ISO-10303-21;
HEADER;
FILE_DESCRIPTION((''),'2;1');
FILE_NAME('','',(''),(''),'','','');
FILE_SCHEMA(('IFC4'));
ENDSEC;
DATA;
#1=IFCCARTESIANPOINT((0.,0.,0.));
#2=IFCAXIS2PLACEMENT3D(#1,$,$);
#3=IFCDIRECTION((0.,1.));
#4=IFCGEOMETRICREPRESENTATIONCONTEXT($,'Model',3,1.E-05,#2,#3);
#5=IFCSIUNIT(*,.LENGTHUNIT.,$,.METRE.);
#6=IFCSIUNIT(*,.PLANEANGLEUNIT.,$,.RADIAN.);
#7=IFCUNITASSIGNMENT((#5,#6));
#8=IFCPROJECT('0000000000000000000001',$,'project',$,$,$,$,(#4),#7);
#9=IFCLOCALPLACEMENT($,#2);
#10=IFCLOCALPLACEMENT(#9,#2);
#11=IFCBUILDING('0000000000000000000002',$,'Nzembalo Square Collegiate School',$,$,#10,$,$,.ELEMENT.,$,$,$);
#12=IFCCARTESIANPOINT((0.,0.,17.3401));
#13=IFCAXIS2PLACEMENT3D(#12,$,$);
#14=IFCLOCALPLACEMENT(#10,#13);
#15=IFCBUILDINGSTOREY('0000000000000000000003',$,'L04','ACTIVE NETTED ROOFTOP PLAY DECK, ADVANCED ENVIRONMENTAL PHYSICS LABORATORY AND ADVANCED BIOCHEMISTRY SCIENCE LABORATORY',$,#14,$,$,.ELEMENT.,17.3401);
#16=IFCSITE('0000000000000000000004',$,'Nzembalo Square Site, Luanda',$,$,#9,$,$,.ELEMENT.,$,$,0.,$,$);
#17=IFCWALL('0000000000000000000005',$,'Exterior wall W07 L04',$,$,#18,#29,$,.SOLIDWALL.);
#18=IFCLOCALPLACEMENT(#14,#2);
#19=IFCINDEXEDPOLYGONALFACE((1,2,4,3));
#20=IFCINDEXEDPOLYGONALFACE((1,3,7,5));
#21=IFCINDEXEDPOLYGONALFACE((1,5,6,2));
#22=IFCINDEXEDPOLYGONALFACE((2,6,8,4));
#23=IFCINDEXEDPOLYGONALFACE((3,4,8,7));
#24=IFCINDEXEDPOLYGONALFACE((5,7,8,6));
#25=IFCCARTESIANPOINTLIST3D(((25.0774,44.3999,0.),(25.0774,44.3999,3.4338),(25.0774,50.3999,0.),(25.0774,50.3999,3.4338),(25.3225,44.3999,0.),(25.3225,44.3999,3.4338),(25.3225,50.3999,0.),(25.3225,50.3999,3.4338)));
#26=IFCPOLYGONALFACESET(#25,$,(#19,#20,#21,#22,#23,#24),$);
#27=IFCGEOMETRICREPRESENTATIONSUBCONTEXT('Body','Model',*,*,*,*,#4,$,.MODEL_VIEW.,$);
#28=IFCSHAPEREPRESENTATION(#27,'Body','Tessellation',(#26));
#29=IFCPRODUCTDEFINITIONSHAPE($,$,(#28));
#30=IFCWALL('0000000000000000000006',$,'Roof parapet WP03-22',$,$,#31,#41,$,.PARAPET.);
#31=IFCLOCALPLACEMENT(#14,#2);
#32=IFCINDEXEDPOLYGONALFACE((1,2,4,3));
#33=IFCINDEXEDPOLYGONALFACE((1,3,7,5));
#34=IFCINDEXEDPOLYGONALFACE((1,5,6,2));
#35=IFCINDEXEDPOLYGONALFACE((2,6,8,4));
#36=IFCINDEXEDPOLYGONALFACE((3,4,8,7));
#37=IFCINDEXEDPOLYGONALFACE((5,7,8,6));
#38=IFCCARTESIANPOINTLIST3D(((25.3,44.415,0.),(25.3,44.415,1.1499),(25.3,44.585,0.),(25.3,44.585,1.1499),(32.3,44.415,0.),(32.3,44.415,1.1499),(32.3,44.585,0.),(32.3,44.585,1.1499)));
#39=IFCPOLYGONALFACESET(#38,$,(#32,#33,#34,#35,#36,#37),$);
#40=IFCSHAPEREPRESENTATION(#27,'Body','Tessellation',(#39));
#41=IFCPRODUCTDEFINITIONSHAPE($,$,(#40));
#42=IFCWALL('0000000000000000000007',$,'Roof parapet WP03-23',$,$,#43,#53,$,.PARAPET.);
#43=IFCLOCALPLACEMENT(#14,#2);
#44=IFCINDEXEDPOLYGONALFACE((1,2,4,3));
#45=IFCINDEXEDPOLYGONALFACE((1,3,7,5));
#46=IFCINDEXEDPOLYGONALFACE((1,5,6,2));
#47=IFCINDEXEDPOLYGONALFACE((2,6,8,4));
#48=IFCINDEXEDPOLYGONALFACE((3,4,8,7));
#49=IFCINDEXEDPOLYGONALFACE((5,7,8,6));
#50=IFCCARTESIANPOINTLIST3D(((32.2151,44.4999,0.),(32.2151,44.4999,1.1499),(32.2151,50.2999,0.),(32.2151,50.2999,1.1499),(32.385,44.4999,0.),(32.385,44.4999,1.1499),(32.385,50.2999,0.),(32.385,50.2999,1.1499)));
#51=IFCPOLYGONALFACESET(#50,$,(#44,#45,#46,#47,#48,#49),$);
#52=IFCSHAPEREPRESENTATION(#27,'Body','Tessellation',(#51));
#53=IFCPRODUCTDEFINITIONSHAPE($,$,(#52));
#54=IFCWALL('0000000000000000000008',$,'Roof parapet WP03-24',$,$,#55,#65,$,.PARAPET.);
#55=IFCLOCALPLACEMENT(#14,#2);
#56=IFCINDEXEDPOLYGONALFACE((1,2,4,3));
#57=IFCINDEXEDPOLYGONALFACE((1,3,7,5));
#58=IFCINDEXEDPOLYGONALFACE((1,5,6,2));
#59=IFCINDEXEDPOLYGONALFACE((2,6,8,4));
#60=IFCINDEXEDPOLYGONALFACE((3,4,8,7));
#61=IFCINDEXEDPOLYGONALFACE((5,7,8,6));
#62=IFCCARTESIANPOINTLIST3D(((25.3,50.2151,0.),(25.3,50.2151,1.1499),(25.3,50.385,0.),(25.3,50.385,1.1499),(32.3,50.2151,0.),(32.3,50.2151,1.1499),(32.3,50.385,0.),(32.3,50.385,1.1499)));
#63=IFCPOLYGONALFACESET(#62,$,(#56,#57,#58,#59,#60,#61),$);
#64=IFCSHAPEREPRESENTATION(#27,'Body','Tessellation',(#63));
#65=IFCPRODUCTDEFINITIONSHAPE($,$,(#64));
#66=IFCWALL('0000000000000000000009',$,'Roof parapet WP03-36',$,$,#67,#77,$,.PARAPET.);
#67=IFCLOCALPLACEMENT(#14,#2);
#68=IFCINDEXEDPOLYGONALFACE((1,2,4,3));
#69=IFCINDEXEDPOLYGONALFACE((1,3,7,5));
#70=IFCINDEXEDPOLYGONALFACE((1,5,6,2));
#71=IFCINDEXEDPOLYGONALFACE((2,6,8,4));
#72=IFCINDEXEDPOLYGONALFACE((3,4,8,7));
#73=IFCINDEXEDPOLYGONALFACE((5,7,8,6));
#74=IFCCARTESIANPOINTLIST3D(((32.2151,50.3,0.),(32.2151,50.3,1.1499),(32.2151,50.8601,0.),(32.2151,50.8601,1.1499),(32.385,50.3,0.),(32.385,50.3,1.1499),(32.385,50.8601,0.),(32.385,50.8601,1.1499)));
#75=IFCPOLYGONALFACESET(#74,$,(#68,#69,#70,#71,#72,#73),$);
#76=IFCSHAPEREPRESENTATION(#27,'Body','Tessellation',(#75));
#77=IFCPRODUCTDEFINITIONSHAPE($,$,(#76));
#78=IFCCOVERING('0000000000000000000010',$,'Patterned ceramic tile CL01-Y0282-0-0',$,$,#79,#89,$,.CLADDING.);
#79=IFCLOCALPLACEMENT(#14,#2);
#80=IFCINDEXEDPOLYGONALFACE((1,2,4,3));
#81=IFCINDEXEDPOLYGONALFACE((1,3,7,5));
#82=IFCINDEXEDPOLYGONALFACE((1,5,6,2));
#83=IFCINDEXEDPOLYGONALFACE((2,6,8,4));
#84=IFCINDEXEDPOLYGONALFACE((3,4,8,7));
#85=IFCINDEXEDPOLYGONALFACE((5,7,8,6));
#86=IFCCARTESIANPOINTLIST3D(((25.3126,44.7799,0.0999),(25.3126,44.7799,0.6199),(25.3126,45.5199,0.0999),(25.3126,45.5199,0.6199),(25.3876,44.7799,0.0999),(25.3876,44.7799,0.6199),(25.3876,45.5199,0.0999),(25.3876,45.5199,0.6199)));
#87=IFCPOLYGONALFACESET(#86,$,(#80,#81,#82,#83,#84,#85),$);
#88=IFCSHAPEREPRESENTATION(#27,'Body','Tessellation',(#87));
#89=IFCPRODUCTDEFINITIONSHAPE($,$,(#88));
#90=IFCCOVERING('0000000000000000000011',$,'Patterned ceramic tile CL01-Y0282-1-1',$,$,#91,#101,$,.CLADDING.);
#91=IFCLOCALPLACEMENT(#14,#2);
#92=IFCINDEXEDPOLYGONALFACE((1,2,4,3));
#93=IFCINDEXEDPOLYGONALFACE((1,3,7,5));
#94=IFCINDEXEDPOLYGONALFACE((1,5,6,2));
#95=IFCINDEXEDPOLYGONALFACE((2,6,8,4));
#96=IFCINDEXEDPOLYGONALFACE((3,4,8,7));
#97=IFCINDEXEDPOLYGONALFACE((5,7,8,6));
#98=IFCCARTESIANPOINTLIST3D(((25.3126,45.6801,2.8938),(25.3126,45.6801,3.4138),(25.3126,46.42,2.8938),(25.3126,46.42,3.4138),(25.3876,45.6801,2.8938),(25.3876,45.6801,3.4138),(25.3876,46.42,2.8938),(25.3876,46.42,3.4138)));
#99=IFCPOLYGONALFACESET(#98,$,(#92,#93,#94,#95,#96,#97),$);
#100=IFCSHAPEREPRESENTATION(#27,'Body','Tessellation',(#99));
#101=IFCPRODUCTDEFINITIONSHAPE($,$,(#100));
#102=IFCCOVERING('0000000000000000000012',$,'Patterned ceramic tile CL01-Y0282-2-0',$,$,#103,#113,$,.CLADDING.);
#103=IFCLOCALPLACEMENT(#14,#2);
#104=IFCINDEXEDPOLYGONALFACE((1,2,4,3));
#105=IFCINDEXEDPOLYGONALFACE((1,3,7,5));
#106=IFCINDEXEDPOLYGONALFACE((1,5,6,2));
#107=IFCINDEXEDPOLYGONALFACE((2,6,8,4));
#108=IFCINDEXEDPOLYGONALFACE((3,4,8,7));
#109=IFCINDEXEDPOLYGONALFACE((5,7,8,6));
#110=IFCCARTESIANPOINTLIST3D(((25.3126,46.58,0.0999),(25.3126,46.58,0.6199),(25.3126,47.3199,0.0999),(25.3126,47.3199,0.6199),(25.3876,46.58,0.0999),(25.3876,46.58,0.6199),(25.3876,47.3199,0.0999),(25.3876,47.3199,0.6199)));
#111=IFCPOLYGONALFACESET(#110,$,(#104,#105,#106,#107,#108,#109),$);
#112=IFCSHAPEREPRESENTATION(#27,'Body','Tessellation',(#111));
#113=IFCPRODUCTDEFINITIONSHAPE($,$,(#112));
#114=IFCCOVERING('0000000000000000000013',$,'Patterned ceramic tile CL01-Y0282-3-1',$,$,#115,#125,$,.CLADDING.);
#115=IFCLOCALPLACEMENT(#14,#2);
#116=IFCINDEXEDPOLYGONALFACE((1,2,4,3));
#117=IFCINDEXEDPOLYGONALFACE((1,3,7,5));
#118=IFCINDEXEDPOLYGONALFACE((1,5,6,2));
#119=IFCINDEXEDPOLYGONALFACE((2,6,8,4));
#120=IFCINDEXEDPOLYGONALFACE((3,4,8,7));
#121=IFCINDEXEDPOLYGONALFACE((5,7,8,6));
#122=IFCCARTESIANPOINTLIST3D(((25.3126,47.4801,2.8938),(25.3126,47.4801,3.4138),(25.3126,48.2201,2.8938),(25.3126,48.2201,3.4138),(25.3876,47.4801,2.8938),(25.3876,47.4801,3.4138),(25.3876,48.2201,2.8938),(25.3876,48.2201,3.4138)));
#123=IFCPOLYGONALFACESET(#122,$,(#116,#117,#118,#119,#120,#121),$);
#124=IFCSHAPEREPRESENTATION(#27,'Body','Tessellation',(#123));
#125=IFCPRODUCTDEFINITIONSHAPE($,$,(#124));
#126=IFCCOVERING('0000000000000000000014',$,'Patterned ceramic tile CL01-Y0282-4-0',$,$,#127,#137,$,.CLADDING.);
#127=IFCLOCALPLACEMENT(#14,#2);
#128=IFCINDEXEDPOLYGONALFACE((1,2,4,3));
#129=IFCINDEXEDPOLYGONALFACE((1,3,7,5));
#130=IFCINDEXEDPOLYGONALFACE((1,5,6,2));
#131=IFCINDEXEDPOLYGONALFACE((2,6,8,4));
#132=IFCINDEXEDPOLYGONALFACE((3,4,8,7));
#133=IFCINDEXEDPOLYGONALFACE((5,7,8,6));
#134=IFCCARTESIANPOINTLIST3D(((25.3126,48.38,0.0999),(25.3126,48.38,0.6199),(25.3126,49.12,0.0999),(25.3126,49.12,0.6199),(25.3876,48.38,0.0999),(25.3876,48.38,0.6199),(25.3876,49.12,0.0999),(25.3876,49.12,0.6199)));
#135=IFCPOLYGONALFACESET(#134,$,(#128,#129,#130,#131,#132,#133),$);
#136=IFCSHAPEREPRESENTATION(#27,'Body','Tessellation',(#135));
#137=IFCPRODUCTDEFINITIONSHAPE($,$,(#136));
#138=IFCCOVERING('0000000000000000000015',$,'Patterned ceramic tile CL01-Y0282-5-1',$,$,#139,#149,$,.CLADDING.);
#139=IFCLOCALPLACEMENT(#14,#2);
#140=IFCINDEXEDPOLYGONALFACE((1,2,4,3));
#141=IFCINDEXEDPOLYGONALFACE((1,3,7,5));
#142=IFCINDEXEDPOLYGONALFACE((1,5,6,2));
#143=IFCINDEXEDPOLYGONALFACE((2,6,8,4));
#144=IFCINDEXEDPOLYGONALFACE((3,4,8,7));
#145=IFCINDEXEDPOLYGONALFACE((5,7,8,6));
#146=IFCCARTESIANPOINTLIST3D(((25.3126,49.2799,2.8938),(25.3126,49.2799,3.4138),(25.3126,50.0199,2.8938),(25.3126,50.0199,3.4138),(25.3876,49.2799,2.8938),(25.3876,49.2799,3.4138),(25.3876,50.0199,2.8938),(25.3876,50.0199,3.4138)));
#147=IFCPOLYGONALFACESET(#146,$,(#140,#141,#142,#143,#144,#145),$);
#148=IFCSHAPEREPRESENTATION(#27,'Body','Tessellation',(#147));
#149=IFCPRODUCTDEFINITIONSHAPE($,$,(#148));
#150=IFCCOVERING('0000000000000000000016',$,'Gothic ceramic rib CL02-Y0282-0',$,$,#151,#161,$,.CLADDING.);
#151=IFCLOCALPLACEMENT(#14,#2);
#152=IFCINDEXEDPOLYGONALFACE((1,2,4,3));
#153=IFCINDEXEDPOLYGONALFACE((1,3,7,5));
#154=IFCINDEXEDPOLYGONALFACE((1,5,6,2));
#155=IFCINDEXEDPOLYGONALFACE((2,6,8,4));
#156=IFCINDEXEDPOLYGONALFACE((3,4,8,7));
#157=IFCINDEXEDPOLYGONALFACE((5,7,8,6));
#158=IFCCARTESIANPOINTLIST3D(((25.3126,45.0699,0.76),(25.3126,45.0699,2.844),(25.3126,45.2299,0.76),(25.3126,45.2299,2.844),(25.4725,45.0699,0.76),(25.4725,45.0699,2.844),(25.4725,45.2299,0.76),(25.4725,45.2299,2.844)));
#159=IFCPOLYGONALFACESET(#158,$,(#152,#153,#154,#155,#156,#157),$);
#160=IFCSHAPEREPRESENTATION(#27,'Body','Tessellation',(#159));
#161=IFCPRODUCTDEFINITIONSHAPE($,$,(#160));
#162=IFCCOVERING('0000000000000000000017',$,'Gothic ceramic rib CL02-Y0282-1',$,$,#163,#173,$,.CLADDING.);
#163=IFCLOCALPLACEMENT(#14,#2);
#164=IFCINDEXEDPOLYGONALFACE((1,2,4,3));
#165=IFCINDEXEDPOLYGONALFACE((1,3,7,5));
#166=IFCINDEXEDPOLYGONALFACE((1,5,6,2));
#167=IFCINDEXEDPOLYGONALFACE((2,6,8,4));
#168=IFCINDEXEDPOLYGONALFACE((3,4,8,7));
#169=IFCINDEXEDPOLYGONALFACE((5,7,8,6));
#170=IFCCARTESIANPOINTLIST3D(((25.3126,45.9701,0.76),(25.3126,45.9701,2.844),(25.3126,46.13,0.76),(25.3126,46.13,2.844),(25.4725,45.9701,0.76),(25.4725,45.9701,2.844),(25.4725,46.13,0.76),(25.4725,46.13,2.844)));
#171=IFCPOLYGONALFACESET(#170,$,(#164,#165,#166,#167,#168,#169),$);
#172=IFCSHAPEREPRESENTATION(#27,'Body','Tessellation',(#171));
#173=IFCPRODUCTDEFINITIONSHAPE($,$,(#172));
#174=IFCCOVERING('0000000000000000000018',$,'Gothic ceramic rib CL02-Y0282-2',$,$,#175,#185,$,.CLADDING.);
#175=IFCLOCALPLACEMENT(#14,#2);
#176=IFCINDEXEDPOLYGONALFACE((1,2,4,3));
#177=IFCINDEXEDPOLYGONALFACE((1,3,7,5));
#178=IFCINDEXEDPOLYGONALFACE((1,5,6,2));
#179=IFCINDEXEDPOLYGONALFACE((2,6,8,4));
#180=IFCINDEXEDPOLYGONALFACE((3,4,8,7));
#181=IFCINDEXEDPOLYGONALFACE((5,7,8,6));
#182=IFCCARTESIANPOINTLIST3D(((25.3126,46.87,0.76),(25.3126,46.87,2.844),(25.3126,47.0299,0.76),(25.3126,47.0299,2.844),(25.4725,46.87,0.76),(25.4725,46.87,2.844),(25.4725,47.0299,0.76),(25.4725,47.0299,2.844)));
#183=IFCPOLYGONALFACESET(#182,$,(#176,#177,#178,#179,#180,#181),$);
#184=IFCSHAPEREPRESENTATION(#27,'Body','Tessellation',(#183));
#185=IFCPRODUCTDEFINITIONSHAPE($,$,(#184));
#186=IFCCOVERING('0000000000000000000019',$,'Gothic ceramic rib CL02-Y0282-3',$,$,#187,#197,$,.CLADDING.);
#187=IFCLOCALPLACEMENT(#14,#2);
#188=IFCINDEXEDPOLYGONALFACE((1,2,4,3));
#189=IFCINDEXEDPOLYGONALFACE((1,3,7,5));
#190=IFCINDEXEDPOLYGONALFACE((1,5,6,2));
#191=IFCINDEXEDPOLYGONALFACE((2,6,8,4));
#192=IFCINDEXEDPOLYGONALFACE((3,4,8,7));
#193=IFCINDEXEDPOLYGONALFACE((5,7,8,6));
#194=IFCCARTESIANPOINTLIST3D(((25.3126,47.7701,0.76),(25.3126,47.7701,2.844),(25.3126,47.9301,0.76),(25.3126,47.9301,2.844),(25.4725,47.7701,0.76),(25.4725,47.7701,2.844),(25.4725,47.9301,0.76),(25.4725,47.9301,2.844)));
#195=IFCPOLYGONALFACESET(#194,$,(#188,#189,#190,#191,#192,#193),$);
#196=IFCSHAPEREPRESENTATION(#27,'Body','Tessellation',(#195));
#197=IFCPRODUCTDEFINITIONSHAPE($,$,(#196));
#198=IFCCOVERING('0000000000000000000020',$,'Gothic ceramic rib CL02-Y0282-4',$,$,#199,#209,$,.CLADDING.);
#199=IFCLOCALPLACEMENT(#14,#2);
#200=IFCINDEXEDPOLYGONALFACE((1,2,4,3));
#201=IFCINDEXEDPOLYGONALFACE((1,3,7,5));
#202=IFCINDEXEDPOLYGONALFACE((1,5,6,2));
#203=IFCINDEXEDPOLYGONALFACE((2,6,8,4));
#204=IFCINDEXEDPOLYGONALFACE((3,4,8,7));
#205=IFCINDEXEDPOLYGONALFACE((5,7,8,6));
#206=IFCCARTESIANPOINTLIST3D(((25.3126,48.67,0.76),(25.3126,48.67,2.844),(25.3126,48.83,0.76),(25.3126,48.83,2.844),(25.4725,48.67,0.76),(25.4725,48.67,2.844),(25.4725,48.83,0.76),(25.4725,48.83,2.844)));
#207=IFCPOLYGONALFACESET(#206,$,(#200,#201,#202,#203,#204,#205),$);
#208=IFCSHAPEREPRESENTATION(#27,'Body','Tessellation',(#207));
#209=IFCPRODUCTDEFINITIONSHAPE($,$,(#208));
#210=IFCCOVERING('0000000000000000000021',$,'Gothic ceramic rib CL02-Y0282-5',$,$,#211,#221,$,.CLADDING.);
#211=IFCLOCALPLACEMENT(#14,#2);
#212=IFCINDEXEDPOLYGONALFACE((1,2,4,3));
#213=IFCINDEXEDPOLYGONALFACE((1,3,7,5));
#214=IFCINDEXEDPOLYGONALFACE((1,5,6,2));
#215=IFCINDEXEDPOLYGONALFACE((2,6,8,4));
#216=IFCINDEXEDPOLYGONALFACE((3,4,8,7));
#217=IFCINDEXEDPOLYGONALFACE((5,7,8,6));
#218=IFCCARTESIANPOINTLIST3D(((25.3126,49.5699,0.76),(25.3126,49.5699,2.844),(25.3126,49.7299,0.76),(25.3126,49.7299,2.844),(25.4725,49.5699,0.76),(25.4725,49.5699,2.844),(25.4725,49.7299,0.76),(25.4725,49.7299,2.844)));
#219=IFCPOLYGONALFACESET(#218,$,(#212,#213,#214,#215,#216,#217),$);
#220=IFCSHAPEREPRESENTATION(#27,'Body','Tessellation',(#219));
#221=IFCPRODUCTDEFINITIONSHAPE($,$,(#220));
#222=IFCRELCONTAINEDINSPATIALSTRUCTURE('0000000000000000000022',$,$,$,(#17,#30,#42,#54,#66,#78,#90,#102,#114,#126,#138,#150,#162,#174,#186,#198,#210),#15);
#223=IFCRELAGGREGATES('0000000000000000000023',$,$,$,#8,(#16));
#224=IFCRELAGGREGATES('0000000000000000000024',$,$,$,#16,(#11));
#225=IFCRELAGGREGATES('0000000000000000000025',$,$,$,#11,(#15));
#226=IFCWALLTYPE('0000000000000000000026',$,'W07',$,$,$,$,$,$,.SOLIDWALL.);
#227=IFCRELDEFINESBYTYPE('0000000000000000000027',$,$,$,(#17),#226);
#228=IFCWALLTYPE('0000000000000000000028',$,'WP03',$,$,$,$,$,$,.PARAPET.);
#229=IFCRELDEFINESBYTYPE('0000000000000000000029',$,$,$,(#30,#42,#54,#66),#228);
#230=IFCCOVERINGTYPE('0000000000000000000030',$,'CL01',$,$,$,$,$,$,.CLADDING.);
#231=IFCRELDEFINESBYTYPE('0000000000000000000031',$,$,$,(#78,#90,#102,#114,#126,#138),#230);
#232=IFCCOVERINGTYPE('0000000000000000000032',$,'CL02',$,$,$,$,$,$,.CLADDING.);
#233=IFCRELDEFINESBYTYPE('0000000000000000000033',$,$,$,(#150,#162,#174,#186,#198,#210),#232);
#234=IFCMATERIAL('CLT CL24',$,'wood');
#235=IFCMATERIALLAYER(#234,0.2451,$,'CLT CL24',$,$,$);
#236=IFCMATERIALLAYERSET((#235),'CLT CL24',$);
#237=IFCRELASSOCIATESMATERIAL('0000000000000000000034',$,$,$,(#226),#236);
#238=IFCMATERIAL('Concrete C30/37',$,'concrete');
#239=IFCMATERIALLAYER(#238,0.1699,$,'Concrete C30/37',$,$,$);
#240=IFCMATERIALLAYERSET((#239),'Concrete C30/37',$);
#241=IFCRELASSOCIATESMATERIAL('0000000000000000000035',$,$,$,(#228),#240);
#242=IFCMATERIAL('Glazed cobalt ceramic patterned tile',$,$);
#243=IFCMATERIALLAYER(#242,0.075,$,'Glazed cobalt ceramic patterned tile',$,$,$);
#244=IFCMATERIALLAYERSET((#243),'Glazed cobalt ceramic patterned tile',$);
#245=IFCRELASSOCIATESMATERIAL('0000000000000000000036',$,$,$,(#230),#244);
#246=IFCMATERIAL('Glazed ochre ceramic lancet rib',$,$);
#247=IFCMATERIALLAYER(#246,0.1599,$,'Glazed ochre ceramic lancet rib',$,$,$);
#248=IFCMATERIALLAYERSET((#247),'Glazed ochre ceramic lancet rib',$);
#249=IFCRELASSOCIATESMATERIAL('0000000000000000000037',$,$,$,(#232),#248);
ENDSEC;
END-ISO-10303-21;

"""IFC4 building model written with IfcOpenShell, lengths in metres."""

from ifc_helpers import new_model, si_unit, direction, frame, frame_2d, origin, origin_2d, place, context, subcontext, project, spatial, rectangle, extrude, material, layer, layer_set, type_object, element, save


model = new_model("IFC4")

# Units and contexts
model_context = context("Model", 3, precision=1e-05, world=origin(), true_north=direction((0.0, 1.0)))
body_context = subcontext(model_context, "Body", "Model", "MODEL_VIEW")
ifc_project = project(units=[si_unit("LENGTHUNIT", "METRE"), si_unit("PLANEANGLEUNIT", "RADIAN")], contexts=[model_context])

# Site, building, storey
site_placement = place(None, origin())
site = spatial("IfcSite", under=ifc_project, at=site_placement, Name="Nzembalo Square Site, Luanda", CompositionType="ELEMENT", RefElevation=0.0)
building_placement = place(site_placement, origin())
building = spatial("IfcBuilding", under=site, at=building_placement, Name="Nzembalo Square Collegiate School", CompositionType="ELEMENT")
storey_placement = place(building_placement, frame((0.0, 0.0, 17.3401)))
storey = spatial("IfcBuildingStorey", under=building, at=storey_placement, Name="L04", Description="ACTIVE NETTED ROOFTOP PLAY DECK, ADVANCED ENVIRONMENTAL PHYSICS LABORATORY AND ADVANCED BIOCHEMISTRY SCIENCE LABORATORY", CompositionType="ELEMENT", Elevation=17.3401)

# Walls
ifc_material_1 = material(Name="CLT CL24", Category="wood")
ifc_layer_1 = layer(ifc_material_1, 0.2451, Name="CLT CL24")
ifc_layer_set_1 = layer_set([ifc_layer_1], Name="CLT CL24")
wall_type_1 = type_object("IfcWallType", Name="W07", PredefinedType="SOLIDWALL", material=ifc_layer_set_1)
wall_1_placement = place(storey_placement, frame((25.2, 44.3999, 0.0), z_axis=(0.0, 0.0, 1.0), x_axis=(0.0, 1.0, 0.0)))
element("IfcWall", 1, at=wall_1_placement, inside=storey, type_object=wall_type_1, Name="Exterior wall W07 L04", PredefinedType="SOLIDWALL", context=body_context, shape_type="SweptSolid", body=[
    extrude(rectangle(XDim=6.0, YDim=0.2451, at=frame_2d((3.0, 0.0))), origin(), (0.0, 0.0, 1.0), 3.4338),
])
ifc_material_2 = material(Name="Concrete C30/37", Category="concrete")
ifc_layer_2 = layer(ifc_material_2, 0.1699, Name="Concrete C30/37")
ifc_layer_set_2 = layer_set([ifc_layer_2], Name="Concrete C30/37")
wall_type_2 = type_object("IfcWallType", Name="WP03", PredefinedType="PARAPET", material=ifc_layer_set_2)
wall_2_placement = place(storey_placement, frame((25.3, 44.5, 0.0), z_axis=(0.0, 0.0, 1.0), x_axis=(1.0, 0.0, 0.0)))
element("IfcWall", 2, at=wall_2_placement, inside=storey, type_object=wall_type_2, Name="Roof parapet WP03-22", PredefinedType="PARAPET", context=body_context, shape_type="SweptSolid", body=[
    extrude(rectangle(XDim=7.0, YDim=0.1699, at=frame_2d((3.5, 0.0))), origin(), (0.0, 0.0, 1.0), 1.1499),
])
wall_3_placement = place(storey_placement, frame((32.3, 44.5, 0.0), z_axis=(0.0, 0.0, 1.0), x_axis=(0.0, 1.0, 0.0)))
element("IfcWall", 3, at=wall_3_placement, inside=storey, type_object=wall_type_2, Name="Roof parapet WP03-23", PredefinedType="PARAPET", context=body_context, shape_type="SweptSolid", body=[
    extrude(rectangle(XDim=5.8, YDim=0.1699, at=frame_2d((2.8999, 0.0))), origin(), (0.0, 0.0, 1.0), 1.1499),
])
wall_4_placement = place(storey_placement, frame((32.3, 50.3, 0.0), z_axis=(0.0, 0.0, 1.0), x_axis=(-1.0, 0.0, 0.0)))
element("IfcWall", 4, at=wall_4_placement, inside=storey, type_object=wall_type_2, Name="Roof parapet WP03-24", PredefinedType="PARAPET", context=body_context, shape_type="SweptSolid", body=[
    extrude(rectangle(XDim=7.0, YDim=0.1699, at=frame_2d((3.5, 0.0))), origin(), (0.0, 0.0, 1.0), 1.1499),
])
wall_5_placement = place(storey_placement, frame((32.3, 50.3, 0.0), z_axis=(0.0, 0.0, 1.0), x_axis=(0.0, 1.0, 0.0)))
element("IfcWall", 5, at=wall_5_placement, inside=storey, type_object=wall_type_2, Name="Roof parapet WP03-36", PredefinedType="PARAPET", context=body_context, shape_type="SweptSolid", body=[
    extrude(rectangle(XDim=0.5601, YDim=0.1699, at=frame_2d((0.28, 0.0))), origin(), (0.0, 0.0, 1.0), 1.1499),
])

# Coverings
ifc_material_3 = material(Name="Glazed cobalt ceramic patterned tile")
ifc_layer_3 = layer(ifc_material_3, 0.075, Name="Glazed cobalt ceramic patterned tile")
ifc_layer_set_3 = layer_set([ifc_layer_3], Name="Glazed cobalt ceramic patterned tile")
covering_type_1 = type_object("IfcCoveringType", Name="CL01", PredefinedType="CLADDING", material=ifc_layer_set_3)
for number, where, z_axis, x_axis, name in (
    (6, (25.3501, 45.1499, 0.0999), (0.0, 0.0, 1.0), (1.0, 0.0, 0.0), "Patterned ceramic tile CL01-Y0282-0-0"),
    (7, (25.3501, 46.05, 2.8938), (0.0, 0.0, 1.0), (1.0, 0.0, 0.0), "Patterned ceramic tile CL01-Y0282-1-1"),
    (8, (25.3501, 46.95, 0.0999), (0.0, 0.0, 1.0), (1.0, 0.0, 0.0), "Patterned ceramic tile CL01-Y0282-2-0"),
    (9, (25.3501, 47.8501, 2.8938), (0.0, 0.0, 1.0), (1.0, 0.0, 0.0), "Patterned ceramic tile CL01-Y0282-3-1"),
    (10, (25.3501, 48.75, 0.0999), (0.0, 0.0, 1.0), (1.0, 0.0, 0.0), "Patterned ceramic tile CL01-Y0282-4-0"),
    (11, (25.3501, 49.6499, 2.8938), (0.0, 0.0, 1.0), (1.0, 0.0, 0.0), "Patterned ceramic tile CL01-Y0282-5-1"),
):
    element("IfcCovering", number, at=place(storey_placement, frame(where, z_axis=z_axis, x_axis=x_axis)), inside=storey, type_object=covering_type_1, Name=name, PredefinedType="CLADDING", context=body_context, shape_type="SweptSolid", body=[
        extrude(rectangle(XDim=0.075, YDim=0.74, at=origin_2d()), origin(), (0.0, 0.0, 1.0), 0.52),
    ])
ifc_material_4 = material(Name="Glazed ochre ceramic lancet rib")
ifc_layer_4 = layer(ifc_material_4, 0.1599, Name="Glazed ochre ceramic lancet rib")
ifc_layer_set_4 = layer_set([ifc_layer_4], Name="Glazed ochre ceramic lancet rib")
covering_type_2 = type_object("IfcCoveringType", Name="CL02", PredefinedType="CLADDING", material=ifc_layer_set_4)
for number, where, z_axis, x_axis, name in (
    (12, (25.3926, 45.1499, 0.76), (0.0, 0.0, 1.0), (1.0, 0.0, 0.0), "Gothic ceramic rib CL02-Y0282-0"),
    (13, (25.3926, 46.05, 0.76), (0.0, 0.0, 1.0), (1.0, 0.0, 0.0), "Gothic ceramic rib CL02-Y0282-1"),
    (14, (25.3926, 46.95, 0.76), (0.0, 0.0, 1.0), (1.0, 0.0, 0.0), "Gothic ceramic rib CL02-Y0282-2"),
    (15, (25.3926, 47.8501, 0.76), (0.0, 0.0, 1.0), (1.0, 0.0, 0.0), "Gothic ceramic rib CL02-Y0282-3"),
    (16, (25.3926, 48.75, 0.76), (0.0, 0.0, 1.0), (1.0, 0.0, 0.0), "Gothic ceramic rib CL02-Y0282-4"),
    (17, (25.3926, 49.6499, 0.76), (0.0, 0.0, 1.0), (1.0, 0.0, 0.0), "Gothic ceramic rib CL02-Y0282-5"),
):
    element("IfcCovering", number, at=place(storey_placement, frame(where, z_axis=z_axis, x_axis=x_axis)), inside=storey, type_object=covering_type_2, Name=name, PredefinedType="CLADDING", context=body_context, shape_type="SweptSolid", body=[
        extrude(rectangle(XDim=0.1599, YDim=0.1599, at=origin_2d()), origin(), (0.0, 0.0, 1.0), 2.084),
    ])

save(model, "model.ifc")
